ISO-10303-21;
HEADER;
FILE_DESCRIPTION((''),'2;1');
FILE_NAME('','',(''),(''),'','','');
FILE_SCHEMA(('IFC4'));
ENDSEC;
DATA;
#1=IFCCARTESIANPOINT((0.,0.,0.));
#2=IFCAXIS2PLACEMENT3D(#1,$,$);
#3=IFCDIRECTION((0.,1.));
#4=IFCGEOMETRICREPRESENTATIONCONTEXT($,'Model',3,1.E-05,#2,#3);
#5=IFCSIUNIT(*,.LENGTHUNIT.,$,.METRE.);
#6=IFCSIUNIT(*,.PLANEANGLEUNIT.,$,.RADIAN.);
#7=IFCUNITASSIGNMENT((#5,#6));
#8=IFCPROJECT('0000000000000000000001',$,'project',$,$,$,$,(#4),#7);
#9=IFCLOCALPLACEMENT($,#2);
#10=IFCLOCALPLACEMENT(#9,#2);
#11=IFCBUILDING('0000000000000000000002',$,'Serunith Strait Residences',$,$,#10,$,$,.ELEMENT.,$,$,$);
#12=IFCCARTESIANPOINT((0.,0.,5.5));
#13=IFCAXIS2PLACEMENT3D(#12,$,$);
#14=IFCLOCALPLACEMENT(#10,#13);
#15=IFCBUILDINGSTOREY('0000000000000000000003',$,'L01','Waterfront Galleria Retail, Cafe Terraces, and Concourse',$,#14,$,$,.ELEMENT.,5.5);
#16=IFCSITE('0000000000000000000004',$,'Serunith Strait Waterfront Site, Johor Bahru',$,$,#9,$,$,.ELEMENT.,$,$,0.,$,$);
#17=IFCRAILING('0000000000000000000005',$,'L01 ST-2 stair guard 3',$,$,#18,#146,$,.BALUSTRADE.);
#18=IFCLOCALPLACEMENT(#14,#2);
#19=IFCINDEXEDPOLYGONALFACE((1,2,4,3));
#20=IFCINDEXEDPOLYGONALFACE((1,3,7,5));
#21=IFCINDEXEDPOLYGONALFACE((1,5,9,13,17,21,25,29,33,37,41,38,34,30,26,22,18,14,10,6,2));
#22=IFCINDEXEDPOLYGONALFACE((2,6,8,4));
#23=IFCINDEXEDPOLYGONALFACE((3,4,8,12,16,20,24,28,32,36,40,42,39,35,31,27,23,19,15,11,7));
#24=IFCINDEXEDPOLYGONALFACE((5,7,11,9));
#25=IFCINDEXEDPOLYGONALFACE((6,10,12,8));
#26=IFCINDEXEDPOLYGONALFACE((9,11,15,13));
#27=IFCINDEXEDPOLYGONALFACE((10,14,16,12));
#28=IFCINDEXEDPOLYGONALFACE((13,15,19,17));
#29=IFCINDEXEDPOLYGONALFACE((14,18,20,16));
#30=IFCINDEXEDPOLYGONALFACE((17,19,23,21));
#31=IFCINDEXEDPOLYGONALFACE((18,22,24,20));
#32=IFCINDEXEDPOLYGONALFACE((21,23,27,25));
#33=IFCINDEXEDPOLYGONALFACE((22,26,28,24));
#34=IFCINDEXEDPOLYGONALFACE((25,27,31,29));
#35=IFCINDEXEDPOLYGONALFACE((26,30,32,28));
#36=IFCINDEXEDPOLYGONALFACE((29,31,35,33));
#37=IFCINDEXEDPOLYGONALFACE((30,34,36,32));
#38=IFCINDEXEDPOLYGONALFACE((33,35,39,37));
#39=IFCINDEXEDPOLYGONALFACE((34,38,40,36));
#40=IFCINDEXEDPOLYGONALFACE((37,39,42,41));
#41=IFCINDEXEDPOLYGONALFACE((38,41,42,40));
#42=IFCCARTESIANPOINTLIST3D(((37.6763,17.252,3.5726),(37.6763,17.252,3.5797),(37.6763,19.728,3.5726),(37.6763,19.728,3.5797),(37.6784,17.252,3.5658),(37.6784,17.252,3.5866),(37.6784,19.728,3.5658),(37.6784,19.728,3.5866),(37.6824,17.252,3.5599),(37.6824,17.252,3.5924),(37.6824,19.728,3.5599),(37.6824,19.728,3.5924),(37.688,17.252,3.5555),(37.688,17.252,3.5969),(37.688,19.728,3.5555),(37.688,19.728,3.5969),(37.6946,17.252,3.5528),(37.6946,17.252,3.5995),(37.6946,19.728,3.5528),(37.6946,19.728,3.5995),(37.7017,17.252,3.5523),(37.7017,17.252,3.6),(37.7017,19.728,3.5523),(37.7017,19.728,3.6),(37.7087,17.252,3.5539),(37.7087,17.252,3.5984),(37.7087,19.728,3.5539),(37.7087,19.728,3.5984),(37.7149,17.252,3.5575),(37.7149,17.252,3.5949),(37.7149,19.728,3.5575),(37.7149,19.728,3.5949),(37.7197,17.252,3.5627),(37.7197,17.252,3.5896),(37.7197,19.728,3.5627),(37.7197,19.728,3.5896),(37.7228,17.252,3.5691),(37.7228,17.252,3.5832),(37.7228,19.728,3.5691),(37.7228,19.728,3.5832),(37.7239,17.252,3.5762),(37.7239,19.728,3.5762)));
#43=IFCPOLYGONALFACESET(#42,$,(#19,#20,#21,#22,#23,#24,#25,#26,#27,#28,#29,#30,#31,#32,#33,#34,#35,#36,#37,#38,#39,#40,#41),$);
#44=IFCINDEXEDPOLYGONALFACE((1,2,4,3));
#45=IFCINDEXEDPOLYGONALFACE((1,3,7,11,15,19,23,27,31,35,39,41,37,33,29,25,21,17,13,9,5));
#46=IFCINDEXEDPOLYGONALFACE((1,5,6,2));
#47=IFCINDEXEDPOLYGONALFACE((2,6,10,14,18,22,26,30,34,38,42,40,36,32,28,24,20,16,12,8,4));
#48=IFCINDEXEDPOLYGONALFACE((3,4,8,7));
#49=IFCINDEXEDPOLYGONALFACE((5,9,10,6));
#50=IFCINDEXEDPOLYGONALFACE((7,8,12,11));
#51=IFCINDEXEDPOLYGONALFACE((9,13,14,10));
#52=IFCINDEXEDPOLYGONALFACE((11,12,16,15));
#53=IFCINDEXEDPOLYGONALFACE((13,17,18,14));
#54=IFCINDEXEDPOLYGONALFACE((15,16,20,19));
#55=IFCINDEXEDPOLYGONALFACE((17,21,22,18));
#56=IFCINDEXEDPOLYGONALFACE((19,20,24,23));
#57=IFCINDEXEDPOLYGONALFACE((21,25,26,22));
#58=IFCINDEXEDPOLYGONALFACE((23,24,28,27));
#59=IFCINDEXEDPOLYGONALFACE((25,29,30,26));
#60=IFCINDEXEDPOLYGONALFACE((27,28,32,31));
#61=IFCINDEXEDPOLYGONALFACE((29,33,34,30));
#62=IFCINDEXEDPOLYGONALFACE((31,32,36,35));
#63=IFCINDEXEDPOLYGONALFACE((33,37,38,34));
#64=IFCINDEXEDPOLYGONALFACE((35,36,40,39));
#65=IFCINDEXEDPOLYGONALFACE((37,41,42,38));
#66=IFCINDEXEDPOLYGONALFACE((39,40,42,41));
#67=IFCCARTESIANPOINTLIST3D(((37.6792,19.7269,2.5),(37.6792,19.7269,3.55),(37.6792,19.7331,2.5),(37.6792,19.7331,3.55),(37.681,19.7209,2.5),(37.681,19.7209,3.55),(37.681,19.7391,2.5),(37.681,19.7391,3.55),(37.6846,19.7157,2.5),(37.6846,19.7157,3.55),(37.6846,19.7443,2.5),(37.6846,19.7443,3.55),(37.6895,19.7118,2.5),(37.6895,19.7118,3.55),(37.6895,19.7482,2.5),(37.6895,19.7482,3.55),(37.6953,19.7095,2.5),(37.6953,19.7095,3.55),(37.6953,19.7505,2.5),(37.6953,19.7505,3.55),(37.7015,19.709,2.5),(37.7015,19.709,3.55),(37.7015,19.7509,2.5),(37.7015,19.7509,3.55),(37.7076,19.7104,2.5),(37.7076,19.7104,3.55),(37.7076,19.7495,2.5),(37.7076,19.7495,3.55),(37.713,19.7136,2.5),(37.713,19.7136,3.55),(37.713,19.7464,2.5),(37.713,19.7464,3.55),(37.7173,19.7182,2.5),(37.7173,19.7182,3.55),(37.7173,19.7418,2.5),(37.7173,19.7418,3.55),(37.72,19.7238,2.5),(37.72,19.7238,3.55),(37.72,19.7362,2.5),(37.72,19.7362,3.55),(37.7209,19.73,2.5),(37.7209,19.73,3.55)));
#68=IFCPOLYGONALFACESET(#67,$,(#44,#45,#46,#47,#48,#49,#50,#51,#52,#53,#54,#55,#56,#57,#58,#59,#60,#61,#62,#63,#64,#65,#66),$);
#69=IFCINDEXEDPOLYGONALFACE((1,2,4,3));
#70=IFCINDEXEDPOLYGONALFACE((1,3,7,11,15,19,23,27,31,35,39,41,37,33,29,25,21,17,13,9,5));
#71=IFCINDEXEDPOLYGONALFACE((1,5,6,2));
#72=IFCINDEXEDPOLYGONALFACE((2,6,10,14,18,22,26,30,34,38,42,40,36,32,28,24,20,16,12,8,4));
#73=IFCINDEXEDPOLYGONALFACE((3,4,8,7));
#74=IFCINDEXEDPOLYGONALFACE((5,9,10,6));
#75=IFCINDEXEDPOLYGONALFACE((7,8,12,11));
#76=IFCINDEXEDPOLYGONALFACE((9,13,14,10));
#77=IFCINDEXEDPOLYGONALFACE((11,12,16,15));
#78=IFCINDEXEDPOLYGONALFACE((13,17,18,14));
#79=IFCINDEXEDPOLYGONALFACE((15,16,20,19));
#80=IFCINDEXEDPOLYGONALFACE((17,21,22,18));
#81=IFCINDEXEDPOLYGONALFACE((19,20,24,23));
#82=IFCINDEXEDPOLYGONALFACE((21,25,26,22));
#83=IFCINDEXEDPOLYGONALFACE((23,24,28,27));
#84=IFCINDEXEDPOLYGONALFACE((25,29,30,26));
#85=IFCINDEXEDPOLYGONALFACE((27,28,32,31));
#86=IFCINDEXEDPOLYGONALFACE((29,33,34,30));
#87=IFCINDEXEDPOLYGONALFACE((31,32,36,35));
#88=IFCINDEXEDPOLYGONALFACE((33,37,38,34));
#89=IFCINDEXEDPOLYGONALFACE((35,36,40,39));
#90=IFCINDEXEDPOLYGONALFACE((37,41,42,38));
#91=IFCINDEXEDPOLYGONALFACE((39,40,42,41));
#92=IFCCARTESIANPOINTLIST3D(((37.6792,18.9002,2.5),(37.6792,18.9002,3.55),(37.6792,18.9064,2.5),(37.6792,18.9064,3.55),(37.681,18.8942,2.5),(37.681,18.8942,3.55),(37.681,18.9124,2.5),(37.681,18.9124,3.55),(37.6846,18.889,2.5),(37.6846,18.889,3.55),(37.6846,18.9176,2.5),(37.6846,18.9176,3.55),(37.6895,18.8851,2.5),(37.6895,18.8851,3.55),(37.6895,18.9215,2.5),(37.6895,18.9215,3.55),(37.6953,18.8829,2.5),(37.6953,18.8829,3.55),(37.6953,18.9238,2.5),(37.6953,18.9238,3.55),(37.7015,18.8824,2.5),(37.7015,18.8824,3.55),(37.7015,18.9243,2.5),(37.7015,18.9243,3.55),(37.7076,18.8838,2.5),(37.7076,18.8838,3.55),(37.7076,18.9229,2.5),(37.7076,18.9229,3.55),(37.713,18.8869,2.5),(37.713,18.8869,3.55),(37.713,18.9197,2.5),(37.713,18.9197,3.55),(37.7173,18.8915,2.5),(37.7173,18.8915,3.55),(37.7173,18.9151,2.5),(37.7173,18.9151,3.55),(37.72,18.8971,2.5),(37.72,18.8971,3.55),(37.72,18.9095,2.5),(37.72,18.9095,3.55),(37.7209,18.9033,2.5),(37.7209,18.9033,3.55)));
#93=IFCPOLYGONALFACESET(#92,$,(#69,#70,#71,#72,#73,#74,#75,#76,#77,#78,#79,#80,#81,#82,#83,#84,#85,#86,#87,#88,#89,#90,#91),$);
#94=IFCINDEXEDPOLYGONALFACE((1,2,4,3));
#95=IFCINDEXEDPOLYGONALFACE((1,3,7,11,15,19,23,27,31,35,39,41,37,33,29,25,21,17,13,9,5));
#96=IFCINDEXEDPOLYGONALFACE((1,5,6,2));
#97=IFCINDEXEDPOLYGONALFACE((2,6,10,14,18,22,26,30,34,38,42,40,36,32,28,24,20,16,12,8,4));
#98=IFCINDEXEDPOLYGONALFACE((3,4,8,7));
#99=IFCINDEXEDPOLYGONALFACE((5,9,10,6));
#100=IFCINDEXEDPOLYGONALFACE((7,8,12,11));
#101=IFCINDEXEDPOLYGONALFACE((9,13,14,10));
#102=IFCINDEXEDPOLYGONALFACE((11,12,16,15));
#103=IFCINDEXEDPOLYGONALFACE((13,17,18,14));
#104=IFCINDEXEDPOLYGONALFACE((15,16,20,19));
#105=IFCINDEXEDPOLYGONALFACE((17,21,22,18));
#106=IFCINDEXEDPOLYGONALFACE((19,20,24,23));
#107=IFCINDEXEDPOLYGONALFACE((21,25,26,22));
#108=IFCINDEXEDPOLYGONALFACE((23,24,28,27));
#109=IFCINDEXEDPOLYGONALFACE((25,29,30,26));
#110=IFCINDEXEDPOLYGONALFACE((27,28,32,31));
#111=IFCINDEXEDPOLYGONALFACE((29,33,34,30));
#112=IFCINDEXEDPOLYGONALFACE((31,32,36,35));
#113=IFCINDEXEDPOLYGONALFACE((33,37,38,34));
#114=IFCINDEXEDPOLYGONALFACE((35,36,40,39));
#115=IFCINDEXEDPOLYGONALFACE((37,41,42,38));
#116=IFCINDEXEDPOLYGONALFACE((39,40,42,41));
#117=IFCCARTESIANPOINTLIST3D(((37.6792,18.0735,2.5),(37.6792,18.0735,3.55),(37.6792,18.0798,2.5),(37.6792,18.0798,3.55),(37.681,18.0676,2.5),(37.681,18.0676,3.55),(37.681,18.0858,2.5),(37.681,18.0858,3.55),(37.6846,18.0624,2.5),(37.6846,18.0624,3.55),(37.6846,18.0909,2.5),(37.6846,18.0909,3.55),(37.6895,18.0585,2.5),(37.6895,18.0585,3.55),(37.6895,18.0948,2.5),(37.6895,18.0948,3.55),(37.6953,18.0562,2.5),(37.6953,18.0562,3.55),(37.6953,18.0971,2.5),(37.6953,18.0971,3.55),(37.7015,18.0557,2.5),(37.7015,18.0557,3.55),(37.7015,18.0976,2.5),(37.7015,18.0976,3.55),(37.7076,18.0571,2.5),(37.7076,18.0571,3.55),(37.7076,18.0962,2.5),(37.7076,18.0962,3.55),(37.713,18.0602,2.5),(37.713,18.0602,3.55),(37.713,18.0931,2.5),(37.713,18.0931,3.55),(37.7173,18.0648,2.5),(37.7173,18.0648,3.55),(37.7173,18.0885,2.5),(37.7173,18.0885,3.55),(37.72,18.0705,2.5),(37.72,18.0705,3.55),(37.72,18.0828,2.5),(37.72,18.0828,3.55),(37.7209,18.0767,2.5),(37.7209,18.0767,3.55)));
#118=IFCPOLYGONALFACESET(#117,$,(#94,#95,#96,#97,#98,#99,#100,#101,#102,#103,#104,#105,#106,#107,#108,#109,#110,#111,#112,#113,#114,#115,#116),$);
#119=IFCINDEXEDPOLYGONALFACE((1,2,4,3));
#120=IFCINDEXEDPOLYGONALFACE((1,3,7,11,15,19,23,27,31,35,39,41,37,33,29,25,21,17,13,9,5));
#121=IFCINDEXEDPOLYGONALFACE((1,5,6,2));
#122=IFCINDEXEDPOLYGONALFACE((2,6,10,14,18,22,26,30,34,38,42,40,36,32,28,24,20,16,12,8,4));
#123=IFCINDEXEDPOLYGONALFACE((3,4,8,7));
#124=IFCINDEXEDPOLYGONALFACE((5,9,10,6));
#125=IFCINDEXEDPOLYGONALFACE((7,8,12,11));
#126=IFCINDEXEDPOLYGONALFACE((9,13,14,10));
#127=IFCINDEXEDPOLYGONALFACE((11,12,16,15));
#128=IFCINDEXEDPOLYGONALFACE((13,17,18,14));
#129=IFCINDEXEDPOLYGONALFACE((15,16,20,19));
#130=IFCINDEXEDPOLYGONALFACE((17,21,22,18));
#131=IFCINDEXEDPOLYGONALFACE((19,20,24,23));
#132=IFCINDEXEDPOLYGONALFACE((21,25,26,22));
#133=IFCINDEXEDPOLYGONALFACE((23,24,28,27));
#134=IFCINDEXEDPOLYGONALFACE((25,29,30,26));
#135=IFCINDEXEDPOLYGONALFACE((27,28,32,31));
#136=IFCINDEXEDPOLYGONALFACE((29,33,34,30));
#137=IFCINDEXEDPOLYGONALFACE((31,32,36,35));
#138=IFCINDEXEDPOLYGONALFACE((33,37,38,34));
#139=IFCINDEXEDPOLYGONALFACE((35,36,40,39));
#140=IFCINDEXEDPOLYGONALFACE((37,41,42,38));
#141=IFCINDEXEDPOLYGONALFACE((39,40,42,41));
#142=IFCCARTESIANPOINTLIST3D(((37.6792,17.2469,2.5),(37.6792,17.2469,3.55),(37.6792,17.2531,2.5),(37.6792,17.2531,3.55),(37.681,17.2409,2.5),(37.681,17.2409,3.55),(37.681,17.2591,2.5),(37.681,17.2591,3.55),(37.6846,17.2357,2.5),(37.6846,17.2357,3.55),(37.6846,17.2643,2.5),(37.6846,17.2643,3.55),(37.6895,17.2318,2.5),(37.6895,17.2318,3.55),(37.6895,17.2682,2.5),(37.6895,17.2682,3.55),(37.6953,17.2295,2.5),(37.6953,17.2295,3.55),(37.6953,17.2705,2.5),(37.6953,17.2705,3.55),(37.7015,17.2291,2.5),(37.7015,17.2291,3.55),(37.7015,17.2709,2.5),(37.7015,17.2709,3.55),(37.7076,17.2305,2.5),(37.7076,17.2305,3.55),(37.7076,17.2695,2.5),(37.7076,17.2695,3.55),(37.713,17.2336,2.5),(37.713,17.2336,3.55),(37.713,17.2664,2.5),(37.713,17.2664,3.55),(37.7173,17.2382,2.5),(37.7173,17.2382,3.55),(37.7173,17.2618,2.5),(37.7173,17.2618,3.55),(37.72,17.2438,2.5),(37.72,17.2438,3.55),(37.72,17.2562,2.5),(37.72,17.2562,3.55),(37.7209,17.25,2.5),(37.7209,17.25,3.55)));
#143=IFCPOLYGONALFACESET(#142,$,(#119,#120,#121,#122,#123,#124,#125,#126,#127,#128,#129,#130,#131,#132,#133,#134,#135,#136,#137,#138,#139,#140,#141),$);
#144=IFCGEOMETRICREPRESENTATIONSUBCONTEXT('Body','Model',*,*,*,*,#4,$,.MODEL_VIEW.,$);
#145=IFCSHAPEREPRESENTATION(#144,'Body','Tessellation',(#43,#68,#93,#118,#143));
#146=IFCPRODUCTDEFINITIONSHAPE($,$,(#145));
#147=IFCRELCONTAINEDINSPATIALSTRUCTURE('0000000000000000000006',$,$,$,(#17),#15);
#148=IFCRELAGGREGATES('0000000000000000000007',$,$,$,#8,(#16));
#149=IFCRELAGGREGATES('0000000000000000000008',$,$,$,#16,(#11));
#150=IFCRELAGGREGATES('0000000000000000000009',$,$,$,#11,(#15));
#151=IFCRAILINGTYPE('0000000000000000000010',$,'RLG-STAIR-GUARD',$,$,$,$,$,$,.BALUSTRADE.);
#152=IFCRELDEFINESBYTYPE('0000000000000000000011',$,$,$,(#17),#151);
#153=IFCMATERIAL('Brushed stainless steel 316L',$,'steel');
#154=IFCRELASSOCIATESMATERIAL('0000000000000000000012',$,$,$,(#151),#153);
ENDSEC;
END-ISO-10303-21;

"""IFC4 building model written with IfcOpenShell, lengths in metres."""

from ifc_helpers import new_model, si_unit, direction, frame, origin, origin_2d, place, context, subcontext, project, spatial, circle, extrude, material, type_object, element, save


model = new_model("IFC4")

# Units and contexts
model_context = context("Model", 3, precision=1e-05, world=origin(), true_north=direction((0.0, 1.0)))
body_context = subcontext(model_context, "Body", "Model", "MODEL_VIEW")
ifc_project = project(units=[si_unit("LENGTHUNIT", "METRE"), si_unit("PLANEANGLEUNIT", "RADIAN")], contexts=[model_context])

# Site, building, storey
site_placement = place(None, origin())
site = spatial("IfcSite", under=ifc_project, at=site_placement, Name="Serunith Strait Waterfront Site, Johor Bahru", CompositionType="ELEMENT", RefElevation=0.0)
building_placement = place(site_placement, origin())
building = spatial("IfcBuilding", under=site, at=building_placement, Name="Serunith Strait Residences", CompositionType="ELEMENT")
storey_placement = place(building_placement, frame((0.0, 0.0, 5.5)))
storey = spatial("IfcBuildingStorey", under=building, at=storey_placement, Name="L01", Description="Waterfront Galleria Retail, Cafe Terraces, and Concourse", CompositionType="ELEMENT", Elevation=5.5)

# Railing
ifc_material_1 = material(Name="Brushed stainless steel 316L", Category="steel")
railing_type_1 = type_object("IfcRailingType", Name="RLG-STAIR-GUARD", PredefinedType="BALUSTRADE", material=ifc_material_1)
railing_1_placement = place(storey_placement, frame((37.7, 19.73, 2.5)))
element("IfcRailing", 1, at=railing_1_placement, inside=storey, type_object=railing_type_1, Name="L01 ST-2 stair guard 3", PredefinedType="BALUSTRADE", context=body_context, shape_type="SweptSolid", body=[
    extrude(circle(Radius=0.0239, at=origin_2d()), frame((0.0, -0.002, 1.0762), z_axis=(0.0, -1.0, 0.0), x_axis=(1.0, 0.0, 0.0)), (0.0, 0.0, 1.0), 2.4761),
    extrude(circle(Radius=0.021, at=origin_2d()), origin(), (0.0, 0.0, 1.0), 1.05),
    extrude(circle(Radius=0.021, at=origin_2d()), frame((0.0, -0.8267, 0.0)), (0.0, 0.0, 1.0), 1.05),
    extrude(circle(Radius=0.021, at=origin_2d()), frame((0.0, -1.6533, 0.0)), (0.0, 0.0, 1.0), 1.05),
    extrude(circle(Radius=0.021, at=origin_2d()), frame((0.0, -2.48, 0.0)), (0.0, 0.0, 1.0), 1.05),
])

save(model, "model.ifc")
